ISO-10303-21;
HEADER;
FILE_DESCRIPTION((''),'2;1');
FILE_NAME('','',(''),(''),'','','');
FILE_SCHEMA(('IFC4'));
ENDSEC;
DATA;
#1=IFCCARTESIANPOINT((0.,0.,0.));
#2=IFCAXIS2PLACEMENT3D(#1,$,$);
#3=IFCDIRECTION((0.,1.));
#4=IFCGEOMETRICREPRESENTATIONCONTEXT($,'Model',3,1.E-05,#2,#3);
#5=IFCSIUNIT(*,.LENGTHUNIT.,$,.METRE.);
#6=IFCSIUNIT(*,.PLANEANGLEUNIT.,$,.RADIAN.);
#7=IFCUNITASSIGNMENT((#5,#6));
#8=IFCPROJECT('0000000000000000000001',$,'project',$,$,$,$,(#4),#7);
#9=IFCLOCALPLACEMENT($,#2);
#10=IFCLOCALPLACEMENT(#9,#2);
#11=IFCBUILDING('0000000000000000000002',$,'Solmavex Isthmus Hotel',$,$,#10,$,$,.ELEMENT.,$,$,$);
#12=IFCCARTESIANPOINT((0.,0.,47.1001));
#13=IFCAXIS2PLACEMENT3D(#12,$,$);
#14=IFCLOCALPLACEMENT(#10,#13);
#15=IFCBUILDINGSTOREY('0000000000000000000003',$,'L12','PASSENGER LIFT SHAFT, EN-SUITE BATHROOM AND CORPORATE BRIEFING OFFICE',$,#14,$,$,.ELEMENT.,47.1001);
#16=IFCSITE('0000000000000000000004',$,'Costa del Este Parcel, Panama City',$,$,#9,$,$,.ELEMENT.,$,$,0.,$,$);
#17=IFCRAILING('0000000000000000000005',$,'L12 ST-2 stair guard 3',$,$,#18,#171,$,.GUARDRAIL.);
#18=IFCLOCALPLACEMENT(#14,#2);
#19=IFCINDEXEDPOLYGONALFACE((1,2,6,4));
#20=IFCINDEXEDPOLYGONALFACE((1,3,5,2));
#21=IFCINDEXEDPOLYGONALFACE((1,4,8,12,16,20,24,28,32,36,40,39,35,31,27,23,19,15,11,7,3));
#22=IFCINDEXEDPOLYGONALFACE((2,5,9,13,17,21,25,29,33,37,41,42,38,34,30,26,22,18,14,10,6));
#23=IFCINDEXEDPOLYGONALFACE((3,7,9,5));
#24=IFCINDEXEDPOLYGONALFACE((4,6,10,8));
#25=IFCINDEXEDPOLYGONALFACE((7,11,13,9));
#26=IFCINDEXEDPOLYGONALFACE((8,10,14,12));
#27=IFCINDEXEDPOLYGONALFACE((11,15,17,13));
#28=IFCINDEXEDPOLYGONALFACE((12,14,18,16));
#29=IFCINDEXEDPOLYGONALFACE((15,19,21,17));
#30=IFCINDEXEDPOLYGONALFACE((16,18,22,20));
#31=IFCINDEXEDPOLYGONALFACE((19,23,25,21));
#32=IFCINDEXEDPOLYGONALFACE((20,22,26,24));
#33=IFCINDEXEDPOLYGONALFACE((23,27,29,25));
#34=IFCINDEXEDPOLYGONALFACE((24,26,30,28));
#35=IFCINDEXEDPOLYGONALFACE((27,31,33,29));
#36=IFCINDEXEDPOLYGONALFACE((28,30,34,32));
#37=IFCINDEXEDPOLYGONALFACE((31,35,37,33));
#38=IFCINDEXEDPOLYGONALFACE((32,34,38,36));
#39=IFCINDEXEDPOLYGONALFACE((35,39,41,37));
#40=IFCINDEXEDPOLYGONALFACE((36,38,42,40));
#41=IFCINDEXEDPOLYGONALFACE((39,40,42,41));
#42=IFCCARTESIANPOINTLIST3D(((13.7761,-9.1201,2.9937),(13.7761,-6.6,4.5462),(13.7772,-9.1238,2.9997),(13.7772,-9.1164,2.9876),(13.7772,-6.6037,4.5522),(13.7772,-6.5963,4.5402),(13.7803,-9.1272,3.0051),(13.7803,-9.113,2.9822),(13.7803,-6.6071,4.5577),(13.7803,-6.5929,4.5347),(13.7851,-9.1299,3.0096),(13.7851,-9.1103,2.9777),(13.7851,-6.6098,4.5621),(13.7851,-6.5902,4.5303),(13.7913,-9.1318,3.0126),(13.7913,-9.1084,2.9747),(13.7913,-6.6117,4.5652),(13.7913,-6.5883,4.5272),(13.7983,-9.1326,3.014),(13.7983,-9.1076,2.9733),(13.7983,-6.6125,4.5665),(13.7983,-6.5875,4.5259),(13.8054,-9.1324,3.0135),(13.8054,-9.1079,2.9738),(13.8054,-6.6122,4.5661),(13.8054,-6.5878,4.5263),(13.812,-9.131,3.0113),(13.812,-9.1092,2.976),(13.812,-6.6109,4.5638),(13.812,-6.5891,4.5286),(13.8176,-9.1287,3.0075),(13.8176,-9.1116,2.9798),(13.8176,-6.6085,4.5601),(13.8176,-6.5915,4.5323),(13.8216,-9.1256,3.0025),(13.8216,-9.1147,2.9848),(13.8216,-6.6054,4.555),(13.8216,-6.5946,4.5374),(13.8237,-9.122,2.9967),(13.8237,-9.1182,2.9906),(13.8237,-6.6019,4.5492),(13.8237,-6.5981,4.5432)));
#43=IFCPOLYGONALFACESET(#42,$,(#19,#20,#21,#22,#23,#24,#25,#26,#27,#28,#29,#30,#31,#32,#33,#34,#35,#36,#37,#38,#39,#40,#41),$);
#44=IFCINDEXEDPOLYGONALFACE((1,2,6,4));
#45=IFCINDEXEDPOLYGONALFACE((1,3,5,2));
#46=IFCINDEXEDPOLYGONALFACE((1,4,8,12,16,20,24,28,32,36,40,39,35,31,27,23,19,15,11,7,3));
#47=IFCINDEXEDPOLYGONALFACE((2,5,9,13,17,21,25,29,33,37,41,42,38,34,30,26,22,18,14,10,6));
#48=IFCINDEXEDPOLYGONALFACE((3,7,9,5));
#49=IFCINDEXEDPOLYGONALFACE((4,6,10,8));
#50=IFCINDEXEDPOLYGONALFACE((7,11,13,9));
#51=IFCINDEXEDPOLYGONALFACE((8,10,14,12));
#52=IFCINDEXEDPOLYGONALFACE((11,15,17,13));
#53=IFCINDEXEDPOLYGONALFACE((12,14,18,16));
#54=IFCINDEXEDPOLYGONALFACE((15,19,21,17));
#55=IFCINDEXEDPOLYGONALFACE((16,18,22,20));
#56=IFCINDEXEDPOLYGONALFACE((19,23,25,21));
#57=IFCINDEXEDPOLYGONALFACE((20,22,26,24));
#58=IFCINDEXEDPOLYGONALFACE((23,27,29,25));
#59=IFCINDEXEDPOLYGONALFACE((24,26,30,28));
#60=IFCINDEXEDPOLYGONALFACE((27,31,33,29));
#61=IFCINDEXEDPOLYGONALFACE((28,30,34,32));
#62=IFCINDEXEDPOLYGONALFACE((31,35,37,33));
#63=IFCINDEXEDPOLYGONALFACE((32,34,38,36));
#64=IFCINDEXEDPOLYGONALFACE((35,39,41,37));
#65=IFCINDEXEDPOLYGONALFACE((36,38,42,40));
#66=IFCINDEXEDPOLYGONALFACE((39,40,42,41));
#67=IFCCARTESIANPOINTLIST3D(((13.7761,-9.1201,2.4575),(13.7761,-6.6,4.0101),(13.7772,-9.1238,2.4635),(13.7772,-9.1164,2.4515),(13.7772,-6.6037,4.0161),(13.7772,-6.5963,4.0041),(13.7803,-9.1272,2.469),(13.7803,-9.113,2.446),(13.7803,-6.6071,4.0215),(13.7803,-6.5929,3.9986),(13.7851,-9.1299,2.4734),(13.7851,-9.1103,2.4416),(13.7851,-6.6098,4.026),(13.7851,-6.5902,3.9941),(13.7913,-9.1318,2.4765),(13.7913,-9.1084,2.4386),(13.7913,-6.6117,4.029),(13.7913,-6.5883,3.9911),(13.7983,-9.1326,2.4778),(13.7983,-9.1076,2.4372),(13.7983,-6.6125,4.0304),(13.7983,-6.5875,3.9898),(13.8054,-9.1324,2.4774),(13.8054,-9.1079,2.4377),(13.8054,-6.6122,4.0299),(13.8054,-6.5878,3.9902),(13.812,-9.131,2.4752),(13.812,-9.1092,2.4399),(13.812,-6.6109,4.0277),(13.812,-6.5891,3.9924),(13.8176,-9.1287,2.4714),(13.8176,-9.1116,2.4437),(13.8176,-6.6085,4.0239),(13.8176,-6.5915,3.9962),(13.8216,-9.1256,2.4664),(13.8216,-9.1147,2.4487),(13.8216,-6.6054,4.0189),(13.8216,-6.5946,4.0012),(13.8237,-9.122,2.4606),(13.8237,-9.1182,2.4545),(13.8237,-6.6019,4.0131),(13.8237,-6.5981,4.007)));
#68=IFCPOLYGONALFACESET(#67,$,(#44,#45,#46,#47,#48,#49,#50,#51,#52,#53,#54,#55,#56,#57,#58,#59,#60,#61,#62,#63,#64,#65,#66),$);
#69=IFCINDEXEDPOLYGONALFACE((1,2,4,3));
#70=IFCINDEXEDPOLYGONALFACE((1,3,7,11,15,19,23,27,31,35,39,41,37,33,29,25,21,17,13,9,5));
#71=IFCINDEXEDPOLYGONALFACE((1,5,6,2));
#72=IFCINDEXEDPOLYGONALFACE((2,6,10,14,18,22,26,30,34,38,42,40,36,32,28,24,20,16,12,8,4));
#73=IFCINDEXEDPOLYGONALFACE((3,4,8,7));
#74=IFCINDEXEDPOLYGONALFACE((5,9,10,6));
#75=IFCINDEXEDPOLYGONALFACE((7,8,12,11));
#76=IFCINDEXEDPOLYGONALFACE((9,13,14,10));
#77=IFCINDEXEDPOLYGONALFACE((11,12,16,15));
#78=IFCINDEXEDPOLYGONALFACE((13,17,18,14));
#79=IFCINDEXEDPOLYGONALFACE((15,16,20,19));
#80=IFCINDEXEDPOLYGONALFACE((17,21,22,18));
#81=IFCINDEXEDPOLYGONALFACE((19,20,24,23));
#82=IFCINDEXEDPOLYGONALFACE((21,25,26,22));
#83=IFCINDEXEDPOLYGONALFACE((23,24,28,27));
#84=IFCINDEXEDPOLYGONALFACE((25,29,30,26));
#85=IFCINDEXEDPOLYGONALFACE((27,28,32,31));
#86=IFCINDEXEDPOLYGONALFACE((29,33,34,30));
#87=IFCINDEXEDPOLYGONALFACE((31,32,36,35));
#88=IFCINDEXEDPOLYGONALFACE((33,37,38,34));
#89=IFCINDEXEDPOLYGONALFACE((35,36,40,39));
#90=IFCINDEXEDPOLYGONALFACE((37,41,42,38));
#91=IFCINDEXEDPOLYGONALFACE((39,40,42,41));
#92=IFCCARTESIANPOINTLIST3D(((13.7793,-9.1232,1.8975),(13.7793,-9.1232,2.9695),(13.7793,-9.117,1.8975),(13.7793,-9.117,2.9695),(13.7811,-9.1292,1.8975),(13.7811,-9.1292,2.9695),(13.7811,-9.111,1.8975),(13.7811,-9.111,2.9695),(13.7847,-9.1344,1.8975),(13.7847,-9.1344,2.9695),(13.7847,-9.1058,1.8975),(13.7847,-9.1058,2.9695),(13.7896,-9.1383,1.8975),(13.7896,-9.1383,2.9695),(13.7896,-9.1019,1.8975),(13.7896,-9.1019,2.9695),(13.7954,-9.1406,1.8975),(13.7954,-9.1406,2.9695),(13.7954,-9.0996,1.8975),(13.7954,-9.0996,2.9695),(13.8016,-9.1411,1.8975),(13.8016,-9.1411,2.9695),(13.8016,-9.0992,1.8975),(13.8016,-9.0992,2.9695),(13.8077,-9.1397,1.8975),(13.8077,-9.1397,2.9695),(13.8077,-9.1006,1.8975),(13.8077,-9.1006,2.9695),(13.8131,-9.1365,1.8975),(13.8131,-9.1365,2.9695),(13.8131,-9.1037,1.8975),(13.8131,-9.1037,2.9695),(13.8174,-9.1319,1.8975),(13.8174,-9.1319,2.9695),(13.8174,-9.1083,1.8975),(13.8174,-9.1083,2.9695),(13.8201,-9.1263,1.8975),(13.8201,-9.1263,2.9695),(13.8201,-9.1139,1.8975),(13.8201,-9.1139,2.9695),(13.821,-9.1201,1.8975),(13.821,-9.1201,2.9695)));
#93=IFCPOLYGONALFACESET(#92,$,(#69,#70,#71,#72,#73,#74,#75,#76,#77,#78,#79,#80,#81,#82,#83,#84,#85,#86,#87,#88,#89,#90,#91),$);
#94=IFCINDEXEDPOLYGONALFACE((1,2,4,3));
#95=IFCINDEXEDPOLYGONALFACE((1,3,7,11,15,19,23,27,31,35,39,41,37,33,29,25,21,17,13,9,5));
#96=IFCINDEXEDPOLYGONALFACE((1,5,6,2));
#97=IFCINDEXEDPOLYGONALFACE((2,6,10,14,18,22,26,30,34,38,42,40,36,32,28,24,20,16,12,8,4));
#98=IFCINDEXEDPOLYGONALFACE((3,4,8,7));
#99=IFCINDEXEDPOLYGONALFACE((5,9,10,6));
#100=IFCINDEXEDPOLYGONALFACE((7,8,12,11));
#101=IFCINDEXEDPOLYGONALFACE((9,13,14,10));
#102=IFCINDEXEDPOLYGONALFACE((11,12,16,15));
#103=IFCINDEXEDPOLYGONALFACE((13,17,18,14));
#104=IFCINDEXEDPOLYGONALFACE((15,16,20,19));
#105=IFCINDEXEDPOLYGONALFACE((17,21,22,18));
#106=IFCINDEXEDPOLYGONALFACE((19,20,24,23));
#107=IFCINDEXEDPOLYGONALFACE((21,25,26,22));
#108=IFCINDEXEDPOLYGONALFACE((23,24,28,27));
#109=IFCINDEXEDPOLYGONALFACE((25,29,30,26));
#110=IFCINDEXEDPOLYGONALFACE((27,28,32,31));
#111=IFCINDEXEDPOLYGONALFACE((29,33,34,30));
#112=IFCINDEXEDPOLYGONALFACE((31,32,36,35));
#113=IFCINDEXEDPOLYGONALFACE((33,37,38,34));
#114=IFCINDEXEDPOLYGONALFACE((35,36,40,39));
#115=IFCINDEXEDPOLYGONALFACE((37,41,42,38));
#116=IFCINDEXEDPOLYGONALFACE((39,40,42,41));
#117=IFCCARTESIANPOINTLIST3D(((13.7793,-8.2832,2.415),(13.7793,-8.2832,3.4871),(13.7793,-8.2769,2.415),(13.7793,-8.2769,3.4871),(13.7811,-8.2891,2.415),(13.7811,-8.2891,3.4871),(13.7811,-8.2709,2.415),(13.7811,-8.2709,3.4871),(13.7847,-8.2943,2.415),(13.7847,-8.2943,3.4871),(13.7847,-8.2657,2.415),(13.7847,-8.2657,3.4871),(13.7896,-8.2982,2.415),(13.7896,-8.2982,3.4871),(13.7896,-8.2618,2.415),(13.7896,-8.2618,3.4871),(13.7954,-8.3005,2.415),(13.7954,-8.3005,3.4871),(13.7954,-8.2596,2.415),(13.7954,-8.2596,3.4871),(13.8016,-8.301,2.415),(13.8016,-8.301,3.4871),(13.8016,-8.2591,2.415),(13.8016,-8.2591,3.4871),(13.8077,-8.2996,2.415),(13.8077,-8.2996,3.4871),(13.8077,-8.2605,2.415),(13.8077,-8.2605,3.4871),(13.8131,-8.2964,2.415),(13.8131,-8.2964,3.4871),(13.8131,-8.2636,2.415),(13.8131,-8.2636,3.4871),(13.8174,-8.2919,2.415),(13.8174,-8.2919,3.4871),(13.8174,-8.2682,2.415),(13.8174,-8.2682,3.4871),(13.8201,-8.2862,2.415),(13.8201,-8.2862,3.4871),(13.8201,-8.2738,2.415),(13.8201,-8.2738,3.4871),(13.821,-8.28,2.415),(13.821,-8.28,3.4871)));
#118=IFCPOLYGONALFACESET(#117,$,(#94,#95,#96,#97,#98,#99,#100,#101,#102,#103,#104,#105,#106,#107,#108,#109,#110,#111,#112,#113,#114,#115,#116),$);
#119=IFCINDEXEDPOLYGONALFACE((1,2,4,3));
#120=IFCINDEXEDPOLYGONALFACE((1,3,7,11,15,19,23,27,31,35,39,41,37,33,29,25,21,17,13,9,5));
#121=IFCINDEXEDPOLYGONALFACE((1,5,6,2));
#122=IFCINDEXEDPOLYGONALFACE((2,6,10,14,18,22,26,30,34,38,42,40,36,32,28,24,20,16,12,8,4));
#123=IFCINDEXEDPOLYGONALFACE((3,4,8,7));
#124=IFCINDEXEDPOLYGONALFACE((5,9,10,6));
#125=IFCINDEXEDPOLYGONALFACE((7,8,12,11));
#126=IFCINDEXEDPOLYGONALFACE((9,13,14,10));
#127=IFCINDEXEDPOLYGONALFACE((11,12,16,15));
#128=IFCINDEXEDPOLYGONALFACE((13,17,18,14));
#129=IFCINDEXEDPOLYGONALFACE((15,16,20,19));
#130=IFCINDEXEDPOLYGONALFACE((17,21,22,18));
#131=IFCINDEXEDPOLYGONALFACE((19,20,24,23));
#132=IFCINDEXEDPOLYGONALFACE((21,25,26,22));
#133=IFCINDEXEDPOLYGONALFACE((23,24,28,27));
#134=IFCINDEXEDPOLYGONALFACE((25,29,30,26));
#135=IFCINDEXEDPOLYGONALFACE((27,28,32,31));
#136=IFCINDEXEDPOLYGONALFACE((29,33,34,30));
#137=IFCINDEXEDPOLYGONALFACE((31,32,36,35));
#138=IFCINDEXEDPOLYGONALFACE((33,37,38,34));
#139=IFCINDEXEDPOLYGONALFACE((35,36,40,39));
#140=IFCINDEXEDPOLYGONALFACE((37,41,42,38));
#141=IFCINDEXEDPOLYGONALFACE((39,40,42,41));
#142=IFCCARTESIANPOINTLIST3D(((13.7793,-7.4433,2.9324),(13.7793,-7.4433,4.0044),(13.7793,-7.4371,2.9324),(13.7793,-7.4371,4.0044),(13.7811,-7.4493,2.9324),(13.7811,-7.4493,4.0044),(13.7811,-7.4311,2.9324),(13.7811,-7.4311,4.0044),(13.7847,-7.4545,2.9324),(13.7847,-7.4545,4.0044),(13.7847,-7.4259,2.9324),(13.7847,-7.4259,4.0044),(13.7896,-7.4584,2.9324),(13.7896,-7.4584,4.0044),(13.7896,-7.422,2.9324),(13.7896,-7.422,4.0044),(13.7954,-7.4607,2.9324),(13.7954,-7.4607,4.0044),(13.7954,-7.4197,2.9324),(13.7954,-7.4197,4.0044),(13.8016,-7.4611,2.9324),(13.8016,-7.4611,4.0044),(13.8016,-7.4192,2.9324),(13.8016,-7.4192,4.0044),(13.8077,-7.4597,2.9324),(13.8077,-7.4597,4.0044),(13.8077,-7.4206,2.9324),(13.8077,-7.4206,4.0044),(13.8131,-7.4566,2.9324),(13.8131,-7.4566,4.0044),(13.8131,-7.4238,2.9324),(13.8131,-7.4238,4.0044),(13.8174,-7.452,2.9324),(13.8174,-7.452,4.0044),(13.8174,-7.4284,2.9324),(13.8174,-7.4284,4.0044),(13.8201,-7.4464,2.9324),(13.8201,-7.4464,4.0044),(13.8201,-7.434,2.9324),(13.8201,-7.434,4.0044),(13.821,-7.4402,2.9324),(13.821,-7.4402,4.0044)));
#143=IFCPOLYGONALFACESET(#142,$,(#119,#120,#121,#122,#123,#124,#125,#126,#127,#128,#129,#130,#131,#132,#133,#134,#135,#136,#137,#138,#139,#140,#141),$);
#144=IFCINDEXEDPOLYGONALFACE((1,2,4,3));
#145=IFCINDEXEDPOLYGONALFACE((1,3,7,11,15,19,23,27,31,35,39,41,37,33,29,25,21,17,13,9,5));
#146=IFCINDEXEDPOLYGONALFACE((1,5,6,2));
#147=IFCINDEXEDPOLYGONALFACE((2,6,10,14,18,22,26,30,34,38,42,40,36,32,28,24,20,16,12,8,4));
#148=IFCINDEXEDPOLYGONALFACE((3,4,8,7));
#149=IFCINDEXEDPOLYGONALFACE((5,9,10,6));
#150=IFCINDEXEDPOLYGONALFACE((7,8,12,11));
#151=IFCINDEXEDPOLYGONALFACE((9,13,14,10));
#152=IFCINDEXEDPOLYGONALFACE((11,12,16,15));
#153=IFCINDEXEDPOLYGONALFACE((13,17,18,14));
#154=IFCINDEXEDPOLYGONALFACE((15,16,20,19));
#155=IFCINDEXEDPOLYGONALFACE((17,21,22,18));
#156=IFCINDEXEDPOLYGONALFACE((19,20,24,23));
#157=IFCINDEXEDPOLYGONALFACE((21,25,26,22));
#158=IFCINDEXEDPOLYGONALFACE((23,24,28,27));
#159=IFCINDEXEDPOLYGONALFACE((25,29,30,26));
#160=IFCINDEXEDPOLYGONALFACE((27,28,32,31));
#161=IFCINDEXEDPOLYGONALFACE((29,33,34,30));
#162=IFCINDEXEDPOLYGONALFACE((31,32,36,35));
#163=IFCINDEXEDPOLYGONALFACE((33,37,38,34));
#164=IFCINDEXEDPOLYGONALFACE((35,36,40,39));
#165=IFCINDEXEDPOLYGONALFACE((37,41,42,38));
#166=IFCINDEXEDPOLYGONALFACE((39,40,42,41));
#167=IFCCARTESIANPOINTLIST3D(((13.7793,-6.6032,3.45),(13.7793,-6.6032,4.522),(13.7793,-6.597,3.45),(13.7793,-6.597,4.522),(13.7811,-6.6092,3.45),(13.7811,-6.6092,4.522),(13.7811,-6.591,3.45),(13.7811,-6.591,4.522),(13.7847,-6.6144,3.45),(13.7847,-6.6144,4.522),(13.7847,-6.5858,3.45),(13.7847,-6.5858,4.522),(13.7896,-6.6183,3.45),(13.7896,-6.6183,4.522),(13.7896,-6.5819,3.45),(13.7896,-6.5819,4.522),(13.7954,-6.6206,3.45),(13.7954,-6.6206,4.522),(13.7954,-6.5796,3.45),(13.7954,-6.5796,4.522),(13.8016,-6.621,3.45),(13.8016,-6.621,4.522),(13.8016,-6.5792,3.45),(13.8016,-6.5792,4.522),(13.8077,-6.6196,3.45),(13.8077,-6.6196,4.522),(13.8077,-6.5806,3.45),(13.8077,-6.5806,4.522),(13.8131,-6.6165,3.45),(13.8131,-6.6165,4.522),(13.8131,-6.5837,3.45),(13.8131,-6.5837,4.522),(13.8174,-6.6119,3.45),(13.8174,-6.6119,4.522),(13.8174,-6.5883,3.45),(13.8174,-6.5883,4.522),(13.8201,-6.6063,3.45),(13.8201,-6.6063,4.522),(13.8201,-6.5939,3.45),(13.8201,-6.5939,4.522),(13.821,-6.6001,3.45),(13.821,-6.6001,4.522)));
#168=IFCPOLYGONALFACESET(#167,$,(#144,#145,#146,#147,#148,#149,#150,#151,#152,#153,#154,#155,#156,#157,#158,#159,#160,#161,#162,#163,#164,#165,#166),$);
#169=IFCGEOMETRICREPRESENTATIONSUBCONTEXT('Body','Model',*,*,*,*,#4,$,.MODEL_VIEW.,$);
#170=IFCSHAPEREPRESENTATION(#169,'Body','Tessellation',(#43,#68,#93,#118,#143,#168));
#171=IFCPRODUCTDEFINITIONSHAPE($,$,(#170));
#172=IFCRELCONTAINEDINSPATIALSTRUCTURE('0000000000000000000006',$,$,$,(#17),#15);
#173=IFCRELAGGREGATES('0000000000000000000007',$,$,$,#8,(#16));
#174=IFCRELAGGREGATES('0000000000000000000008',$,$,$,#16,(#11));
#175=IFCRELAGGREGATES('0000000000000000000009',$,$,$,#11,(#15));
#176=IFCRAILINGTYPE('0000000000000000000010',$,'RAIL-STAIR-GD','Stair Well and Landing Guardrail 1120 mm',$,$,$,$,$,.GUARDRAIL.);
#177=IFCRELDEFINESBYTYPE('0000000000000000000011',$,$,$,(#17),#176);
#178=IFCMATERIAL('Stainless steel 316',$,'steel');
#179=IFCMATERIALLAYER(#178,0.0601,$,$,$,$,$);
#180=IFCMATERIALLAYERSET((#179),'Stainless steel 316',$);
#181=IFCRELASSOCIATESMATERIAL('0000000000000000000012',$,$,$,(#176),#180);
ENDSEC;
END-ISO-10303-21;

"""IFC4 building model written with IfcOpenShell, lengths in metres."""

from ifc_helpers import new_model, si_unit, direction, frame, origin, origin_2d, place, context, subcontext, project, spatial, circle, extrude, material, layer, layer_set, type_object, element, save


model = new_model("IFC4")

# Units and contexts
model_context = context("Model", 3, precision=1e-05, world=origin(), true_north=direction((0.0, 1.0)))
body_context = subcontext(model_context, "Body", "Model", "MODEL_VIEW")
ifc_project = project(units=[si_unit("LENGTHUNIT", "METRE"), si_unit("PLANEANGLEUNIT", "RADIAN")], contexts=[model_context])

# Site, building, storey
site_placement = place(None, origin())
site = spatial("IfcSite", under=ifc_project, at=site_placement, Name="Costa del Este Parcel, Panama City", CompositionType="ELEMENT", RefElevation=0.0)
building_placement = place(site_placement, origin())
building = spatial("IfcBuilding", under=site, at=building_placement, Name="Solmavex Isthmus Hotel", CompositionType="ELEMENT")
storey_placement = place(building_placement, frame((0.0, 0.0, 47.1001)))
storey = spatial("IfcBuildingStorey", under=building, at=storey_placement, Name="L12", Description="PASSENGER LIFT SHAFT, EN-SUITE BATHROOM AND CORPORATE BRIEFING OFFICE", CompositionType="ELEMENT", Elevation=47.1001)

# Railing
ifc_material_1 = material(Name="Stainless steel 316", Category="steel")
ifc_layer_1 = layer(ifc_material_1, 0.0601)
ifc_layer_set_1 = layer_set([ifc_layer_1], Name="Stainless steel 316")
railing_type_1 = type_object("IfcRailingType", Name="RAIL-STAIR-GD", Description="Stair Well and Landing Guardrail 1120 mm", PredefinedType="GUARDRAIL", material=ifc_layer_set_1)
railing_1_placement = place(storey_placement, frame((13.8, -9.1201, 1.8975)))
element("IfcRailing", 1, at=railing_1_placement, inside=storey, type_object=railing_type_1, Name="L12 ST-2 stair guard 3", PredefinedType="GUARDRAIL", context=body_context, shape_type="SweptSolid", body=[
    extrude(circle(Radius=0.0239, at=origin_2d()), frame((0.0, 0.0, 1.0962), z_axis=(0.0, 0.8514, 0.524516), x_axis=(-1.0, 0.0, 0.0)), (0.0, 0.0, 1.0), 2.96),
    extrude(circle(Radius=0.0239, at=origin_2d()), frame((0.0, 0.0, 0.5601), z_axis=(0.0, 0.8514, 0.524516), x_axis=(-1.0, 0.0, 0.0)), (0.0, 0.0, 1.0), 2.96),
    extrude(circle(Radius=0.021, at=origin_2d()), origin(), (0.0, 0.0, 1.0), 1.072),
    extrude(circle(Radius=0.021, at=origin_2d()), frame((0.0, 0.8401, 0.5176)), (0.0, 0.0, 1.0), 1.072),
    extrude(circle(Radius=0.021, at=origin_2d()), frame((0.0, 1.6799, 1.0349)), (0.0, 0.0, 1.0), 1.072),
    extrude(circle(Radius=0.021, at=origin_2d()), frame((0.0, 2.52, 1.5525)), (0.0, 0.0, 1.0), 1.072),
])

save(model, "model.ifc")
